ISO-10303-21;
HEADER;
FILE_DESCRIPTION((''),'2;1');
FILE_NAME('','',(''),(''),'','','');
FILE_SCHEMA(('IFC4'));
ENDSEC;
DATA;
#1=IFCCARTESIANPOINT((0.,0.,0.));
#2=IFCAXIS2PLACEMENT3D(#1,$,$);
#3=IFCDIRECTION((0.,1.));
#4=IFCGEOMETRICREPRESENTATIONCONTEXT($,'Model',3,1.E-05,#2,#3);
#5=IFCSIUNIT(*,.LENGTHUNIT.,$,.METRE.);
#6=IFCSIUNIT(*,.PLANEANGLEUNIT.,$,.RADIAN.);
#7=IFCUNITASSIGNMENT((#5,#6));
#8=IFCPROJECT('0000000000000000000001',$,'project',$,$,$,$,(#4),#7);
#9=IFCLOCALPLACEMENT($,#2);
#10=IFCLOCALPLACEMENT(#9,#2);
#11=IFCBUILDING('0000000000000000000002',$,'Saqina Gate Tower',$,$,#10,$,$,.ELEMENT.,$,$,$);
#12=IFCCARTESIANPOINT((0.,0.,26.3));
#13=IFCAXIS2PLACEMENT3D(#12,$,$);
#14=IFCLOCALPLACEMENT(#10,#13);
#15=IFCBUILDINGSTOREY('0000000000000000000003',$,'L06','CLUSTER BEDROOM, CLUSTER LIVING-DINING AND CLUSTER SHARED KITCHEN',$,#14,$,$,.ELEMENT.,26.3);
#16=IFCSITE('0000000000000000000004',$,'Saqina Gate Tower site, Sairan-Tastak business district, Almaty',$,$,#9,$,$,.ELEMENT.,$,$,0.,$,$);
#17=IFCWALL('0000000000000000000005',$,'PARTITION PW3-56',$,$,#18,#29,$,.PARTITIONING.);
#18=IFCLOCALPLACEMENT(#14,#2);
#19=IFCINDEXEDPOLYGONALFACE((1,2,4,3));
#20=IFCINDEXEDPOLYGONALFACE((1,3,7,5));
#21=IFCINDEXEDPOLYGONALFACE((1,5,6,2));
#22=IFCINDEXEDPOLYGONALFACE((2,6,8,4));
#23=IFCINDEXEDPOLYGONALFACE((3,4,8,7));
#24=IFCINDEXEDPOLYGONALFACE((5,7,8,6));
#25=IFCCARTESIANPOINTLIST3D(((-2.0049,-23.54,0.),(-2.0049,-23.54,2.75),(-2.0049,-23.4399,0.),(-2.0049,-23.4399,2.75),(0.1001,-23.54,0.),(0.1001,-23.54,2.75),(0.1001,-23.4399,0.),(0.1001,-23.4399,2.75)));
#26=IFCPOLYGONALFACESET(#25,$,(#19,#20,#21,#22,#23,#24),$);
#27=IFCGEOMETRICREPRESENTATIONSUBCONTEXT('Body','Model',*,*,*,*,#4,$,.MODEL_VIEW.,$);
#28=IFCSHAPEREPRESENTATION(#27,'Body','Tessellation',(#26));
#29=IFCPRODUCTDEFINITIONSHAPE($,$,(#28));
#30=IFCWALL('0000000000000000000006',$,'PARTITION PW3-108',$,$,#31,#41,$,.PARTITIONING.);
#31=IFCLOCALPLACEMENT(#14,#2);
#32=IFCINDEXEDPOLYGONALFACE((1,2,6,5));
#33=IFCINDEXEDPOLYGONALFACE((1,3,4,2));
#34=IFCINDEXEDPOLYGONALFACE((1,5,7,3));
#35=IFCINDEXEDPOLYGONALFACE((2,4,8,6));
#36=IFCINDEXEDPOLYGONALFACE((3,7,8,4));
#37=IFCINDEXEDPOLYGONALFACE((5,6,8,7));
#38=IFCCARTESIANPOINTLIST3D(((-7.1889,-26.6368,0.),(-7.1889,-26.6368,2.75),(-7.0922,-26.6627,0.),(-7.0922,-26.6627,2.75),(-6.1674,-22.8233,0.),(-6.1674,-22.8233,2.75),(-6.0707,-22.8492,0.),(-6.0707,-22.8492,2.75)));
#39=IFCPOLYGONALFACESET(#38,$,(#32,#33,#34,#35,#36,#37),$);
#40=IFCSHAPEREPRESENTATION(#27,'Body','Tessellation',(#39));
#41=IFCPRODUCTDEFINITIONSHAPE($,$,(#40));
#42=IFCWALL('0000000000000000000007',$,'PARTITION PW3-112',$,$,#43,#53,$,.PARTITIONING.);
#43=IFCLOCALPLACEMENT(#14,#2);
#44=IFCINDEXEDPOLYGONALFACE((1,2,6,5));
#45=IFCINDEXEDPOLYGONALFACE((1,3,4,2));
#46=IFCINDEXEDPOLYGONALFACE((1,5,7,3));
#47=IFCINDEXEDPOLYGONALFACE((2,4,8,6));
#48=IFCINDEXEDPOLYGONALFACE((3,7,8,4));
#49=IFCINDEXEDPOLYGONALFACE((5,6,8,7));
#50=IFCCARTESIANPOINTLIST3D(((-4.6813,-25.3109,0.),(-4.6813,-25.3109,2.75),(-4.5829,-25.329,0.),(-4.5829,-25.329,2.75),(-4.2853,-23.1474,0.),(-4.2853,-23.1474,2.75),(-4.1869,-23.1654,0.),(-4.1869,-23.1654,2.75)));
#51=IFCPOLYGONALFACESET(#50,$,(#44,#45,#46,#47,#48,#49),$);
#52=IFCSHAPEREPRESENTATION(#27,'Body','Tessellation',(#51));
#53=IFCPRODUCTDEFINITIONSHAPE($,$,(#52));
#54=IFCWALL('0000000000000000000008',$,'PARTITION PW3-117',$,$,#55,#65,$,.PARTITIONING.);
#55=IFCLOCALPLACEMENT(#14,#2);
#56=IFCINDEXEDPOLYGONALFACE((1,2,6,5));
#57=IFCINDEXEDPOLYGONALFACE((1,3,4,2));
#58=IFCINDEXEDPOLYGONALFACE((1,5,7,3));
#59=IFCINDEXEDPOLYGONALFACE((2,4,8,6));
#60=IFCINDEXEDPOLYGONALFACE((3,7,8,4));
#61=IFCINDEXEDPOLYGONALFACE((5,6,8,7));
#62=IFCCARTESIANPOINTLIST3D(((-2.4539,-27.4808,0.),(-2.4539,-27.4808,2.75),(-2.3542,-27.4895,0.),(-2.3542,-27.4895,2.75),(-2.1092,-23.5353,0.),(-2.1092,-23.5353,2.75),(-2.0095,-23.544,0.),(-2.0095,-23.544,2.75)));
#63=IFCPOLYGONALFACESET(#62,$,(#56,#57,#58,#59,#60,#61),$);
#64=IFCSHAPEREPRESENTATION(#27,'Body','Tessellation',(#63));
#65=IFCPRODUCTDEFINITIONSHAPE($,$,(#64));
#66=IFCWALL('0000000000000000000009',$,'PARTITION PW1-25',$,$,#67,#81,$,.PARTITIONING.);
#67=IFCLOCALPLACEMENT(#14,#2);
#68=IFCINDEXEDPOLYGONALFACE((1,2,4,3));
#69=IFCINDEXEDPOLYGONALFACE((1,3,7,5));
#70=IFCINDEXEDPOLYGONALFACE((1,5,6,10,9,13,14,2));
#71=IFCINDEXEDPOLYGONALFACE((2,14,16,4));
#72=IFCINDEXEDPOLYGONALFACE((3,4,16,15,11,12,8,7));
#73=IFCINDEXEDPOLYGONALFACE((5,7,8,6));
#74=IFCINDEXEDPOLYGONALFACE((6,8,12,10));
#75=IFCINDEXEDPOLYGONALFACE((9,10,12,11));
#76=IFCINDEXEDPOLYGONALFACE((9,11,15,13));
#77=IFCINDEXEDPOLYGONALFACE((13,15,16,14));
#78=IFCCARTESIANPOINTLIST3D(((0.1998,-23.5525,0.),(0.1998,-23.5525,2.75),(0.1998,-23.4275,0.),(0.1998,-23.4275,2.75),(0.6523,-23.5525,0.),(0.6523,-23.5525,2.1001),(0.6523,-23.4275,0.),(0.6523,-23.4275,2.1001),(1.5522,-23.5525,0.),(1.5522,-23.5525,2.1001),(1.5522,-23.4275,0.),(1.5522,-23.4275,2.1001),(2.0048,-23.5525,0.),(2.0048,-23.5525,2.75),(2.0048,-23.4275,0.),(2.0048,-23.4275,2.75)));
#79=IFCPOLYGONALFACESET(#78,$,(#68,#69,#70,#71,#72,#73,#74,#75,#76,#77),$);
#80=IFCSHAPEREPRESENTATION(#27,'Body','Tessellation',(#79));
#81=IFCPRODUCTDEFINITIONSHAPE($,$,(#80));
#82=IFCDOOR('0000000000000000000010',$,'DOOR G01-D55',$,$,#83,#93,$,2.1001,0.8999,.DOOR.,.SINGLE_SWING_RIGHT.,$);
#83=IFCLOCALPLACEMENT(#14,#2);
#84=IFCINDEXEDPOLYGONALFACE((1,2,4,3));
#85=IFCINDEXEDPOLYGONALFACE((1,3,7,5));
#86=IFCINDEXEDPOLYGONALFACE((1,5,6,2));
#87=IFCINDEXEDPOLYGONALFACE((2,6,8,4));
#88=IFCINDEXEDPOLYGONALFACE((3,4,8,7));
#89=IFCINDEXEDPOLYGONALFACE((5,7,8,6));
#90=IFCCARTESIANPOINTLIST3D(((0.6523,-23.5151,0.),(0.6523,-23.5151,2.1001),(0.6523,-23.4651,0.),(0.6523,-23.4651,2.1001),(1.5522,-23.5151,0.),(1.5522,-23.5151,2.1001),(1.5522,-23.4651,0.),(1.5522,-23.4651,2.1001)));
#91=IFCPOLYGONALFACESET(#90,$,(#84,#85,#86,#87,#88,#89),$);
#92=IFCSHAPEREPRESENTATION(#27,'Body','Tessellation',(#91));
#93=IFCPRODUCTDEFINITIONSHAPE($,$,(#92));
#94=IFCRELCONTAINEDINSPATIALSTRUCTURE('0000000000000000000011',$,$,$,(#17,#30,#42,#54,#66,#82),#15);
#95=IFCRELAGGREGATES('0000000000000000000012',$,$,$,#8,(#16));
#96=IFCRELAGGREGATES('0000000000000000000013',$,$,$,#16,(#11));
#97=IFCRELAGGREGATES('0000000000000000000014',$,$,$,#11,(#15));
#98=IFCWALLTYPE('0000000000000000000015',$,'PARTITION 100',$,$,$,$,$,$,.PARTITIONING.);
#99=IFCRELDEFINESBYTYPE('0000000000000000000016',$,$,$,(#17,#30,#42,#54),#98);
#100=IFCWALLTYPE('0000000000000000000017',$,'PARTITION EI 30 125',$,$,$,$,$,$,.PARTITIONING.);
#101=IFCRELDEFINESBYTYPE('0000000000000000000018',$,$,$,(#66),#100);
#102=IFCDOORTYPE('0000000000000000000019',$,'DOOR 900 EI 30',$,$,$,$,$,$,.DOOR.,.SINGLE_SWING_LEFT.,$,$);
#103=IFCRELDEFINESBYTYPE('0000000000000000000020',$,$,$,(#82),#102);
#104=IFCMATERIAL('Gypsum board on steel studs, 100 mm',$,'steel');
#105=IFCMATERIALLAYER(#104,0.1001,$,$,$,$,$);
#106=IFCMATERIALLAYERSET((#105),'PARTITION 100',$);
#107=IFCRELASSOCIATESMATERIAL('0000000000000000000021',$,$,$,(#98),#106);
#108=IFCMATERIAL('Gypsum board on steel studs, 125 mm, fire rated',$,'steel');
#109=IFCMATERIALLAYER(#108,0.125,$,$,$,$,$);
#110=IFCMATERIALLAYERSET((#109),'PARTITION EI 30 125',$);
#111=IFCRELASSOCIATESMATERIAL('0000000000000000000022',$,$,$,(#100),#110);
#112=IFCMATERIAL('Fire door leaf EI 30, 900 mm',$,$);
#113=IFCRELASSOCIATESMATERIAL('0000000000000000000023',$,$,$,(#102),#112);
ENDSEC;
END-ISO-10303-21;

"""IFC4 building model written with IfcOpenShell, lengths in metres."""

from ifc_helpers import new_model, si_unit, direction, frame, frame_2d, origin, place, context, subcontext, project, spatial, rectangle, extrude, material, layer, layer_set, type_object, element, fill, save


model = new_model("IFC4")

# Units and contexts
model_context = context("Model", 3, precision=1e-05, world=origin(), true_north=direction((0.0, 1.0)))
body_context = subcontext(model_context, "Body", "Model", "MODEL_VIEW")
ifc_project = project(units=[si_unit("LENGTHUNIT", "METRE"), si_unit("PLANEANGLEUNIT", "RADIAN")], contexts=[model_context])

# Site, building, storey
site_placement = place(None, origin())
site = spatial("IfcSite", under=ifc_project, at=site_placement, Name="Saqina Gate Tower site, Sairan-Tastak business district, Almaty", CompositionType="ELEMENT", RefElevation=0.0)
building_placement = place(site_placement, origin())
building = spatial("IfcBuilding", under=site, at=building_placement, Name="Saqina Gate Tower", CompositionType="ELEMENT")
storey_placement = place(building_placement, frame((0.0, 0.0, 26.3)))
storey = spatial("IfcBuildingStorey", under=building, at=storey_placement, Name="L06", Description="CLUSTER BEDROOM, CLUSTER LIVING-DINING AND CLUSTER SHARED KITCHEN", CompositionType="ELEMENT", Elevation=26.3)

# Shared definitions
ifc_material_1 = material(Name="Gypsum board on steel studs, 100 mm", Category="steel")
ifc_layer_1 = layer(ifc_material_1, 0.1001)
ifc_layer_set_1 = layer_set([ifc_layer_1], Name="PARTITION 100")
wall_type_1 = type_object("IfcWallType", Name="PARTITION 100", PredefinedType="PARTITIONING", material=ifc_layer_set_1)

# Walls
wall_1_placement = place(storey_placement, frame((-2.0049, -23.49, 0.0), z_axis=(0.0, 0.0, 1.0), x_axis=(1.0, 0.0, 0.0)))
element("IfcWall", 1, at=wall_1_placement, inside=storey, type_object=wall_type_1, Name="PARTITION PW3-56", PredefinedType="PARTITIONING", context=body_context, shape_type="SweptSolid", body=[
    extrude(rectangle(XDim=2.105, YDim=0.1001, at=frame_2d((1.0525, 0.0))), origin(), (0.0, 0.0, 1.0), 2.75),
])
wall_2_placement = place(storey_placement, frame((-7.1406, -26.6499, 0.0), z_axis=(0.0, 0.0, 1.0), x_axis=(0.25874, 0.965947, 0.0)))
element("IfcWall", 2, at=wall_2_placement, inside=storey, type_object=wall_type_1, Name="PARTITION PW3-108", PredefinedType="PARTITIONING", context=body_context, shape_type="SweptSolid", body=[
    extrude(rectangle(XDim=3.948, YDim=0.1001, at=frame_2d((1.9741, 0.0))), origin(), (0.0, 0.0, 1.0), 2.75),
])
wall_3_placement = place(storey_placement, frame((-4.6321, -25.3198, 0.0), z_axis=(0.0, 0.0, 1.0), x_axis=(0.180038, 0.98366, 0.0)))
element("IfcWall", 3, at=wall_3_placement, inside=storey, type_object=wall_type_1, Name="PARTITION PW3-112", PredefinedType="PARTITIONING", context=body_context, shape_type="SweptSolid", body=[
    extrude(rectangle(XDim=2.1995, YDim=0.1001, at=frame_2d((1.0996, 0.0))), origin(), (0.0, 0.0, 1.0), 2.75),
])
wall_4_placement = place(storey_placement, frame((-2.4041, -27.4851, 0.0), z_axis=(0.0, 0.0, 1.0), x_axis=(0.087045, 0.996204, 0.0)))
element("IfcWall", 4, at=wall_4_placement, inside=storey, type_object=wall_type_1, Name="PARTITION PW3-117", PredefinedType="PARTITIONING", context=body_context, shape_type="SweptSolid", body=[
    extrude(rectangle(XDim=3.9604, YDim=0.1001, at=frame_2d((1.9802, 0.0))), origin(), (0.0, 0.0, 1.0), 2.75),
])

# Wall, opening, door
ifc_material_2 = material(Name="Gypsum board on steel studs, 125 mm, fire rated", Category="steel")
ifc_layer_2 = layer(ifc_material_2, 0.125)
ifc_layer_set_2 = layer_set([ifc_layer_2], Name="PARTITION EI 30 125")
wall_type_2 = type_object("IfcWallType", Name="PARTITION EI 30 125", PredefinedType="PARTITIONING", material=ifc_layer_set_2)
wall_5_placement = place(storey_placement, frame((0.2, -23.49, 0.0), z_axis=(0.0, 0.0, 1.0), x_axis=(1.0, 0.0, 0.0)))
wall_5 = element("IfcWall", 5, at=wall_5_placement, inside=storey, type_object=wall_type_2, Name="PARTITION PW1-25", PredefinedType="PARTITIONING", context=body_context, shape_type="SweptSolid", body=[
    extrude(rectangle(XDim=1.8049, YDim=0.125, at=frame_2d((0.9023, 0.0))), origin(), (0.0, 0.0, 1.0), 2.75),
])
opening_1_placement = place(wall_5_placement, frame((0.4524, 0.0, 0.0)))
opening_1 = element("IfcOpeningElement", 6, at=opening_1_placement, cuts=wall_5, PredefinedType="OPENING", context=body_context, shape_type="SweptSolid", body=[
    extrude(rectangle(XDim=0.8999, YDim=2.1001, at=frame_2d((0.45, 1.05))), frame((0.0, 0.0745, 0.0), z_axis=(0.0, -1.0, 0.0), x_axis=(1.0, 0.0, 0.0)), (0.0, 0.0, 1.0), 0.1489),
])
ifc_material_3 = material(Name="Fire door leaf EI 30, 900 mm")
door_type_1 = type_object("IfcDoorType", Name="DOOR 900 EI 30", OperationType="SINGLE_SWING_LEFT", PredefinedType="DOOR", material=ifc_material_3)
door_1_placement = place(opening_1_placement, origin())
door_1 = element("IfcDoor", 7, at=door_1_placement, inside=storey, type_object=door_type_1, Name="DOOR G01-D55", OperationType="SINGLE_SWING_RIGHT", OverallHeight=2.1001, OverallWidth=0.8999, PredefinedType="DOOR", context=body_context, shape_type="SweptSolid", body=[
    extrude(rectangle(XDim=0.8999, YDim=2.1001, at=frame_2d((0.45, 1.05))), frame((0.0, 0.0249, 0.0), z_axis=(0.0, -1.0, 0.0), x_axis=(1.0, 0.0, 0.0)), (0.0, 0.0, 1.0), 0.05),
])
fill(opening_1, door_1)

save(model, "model.ifc")
